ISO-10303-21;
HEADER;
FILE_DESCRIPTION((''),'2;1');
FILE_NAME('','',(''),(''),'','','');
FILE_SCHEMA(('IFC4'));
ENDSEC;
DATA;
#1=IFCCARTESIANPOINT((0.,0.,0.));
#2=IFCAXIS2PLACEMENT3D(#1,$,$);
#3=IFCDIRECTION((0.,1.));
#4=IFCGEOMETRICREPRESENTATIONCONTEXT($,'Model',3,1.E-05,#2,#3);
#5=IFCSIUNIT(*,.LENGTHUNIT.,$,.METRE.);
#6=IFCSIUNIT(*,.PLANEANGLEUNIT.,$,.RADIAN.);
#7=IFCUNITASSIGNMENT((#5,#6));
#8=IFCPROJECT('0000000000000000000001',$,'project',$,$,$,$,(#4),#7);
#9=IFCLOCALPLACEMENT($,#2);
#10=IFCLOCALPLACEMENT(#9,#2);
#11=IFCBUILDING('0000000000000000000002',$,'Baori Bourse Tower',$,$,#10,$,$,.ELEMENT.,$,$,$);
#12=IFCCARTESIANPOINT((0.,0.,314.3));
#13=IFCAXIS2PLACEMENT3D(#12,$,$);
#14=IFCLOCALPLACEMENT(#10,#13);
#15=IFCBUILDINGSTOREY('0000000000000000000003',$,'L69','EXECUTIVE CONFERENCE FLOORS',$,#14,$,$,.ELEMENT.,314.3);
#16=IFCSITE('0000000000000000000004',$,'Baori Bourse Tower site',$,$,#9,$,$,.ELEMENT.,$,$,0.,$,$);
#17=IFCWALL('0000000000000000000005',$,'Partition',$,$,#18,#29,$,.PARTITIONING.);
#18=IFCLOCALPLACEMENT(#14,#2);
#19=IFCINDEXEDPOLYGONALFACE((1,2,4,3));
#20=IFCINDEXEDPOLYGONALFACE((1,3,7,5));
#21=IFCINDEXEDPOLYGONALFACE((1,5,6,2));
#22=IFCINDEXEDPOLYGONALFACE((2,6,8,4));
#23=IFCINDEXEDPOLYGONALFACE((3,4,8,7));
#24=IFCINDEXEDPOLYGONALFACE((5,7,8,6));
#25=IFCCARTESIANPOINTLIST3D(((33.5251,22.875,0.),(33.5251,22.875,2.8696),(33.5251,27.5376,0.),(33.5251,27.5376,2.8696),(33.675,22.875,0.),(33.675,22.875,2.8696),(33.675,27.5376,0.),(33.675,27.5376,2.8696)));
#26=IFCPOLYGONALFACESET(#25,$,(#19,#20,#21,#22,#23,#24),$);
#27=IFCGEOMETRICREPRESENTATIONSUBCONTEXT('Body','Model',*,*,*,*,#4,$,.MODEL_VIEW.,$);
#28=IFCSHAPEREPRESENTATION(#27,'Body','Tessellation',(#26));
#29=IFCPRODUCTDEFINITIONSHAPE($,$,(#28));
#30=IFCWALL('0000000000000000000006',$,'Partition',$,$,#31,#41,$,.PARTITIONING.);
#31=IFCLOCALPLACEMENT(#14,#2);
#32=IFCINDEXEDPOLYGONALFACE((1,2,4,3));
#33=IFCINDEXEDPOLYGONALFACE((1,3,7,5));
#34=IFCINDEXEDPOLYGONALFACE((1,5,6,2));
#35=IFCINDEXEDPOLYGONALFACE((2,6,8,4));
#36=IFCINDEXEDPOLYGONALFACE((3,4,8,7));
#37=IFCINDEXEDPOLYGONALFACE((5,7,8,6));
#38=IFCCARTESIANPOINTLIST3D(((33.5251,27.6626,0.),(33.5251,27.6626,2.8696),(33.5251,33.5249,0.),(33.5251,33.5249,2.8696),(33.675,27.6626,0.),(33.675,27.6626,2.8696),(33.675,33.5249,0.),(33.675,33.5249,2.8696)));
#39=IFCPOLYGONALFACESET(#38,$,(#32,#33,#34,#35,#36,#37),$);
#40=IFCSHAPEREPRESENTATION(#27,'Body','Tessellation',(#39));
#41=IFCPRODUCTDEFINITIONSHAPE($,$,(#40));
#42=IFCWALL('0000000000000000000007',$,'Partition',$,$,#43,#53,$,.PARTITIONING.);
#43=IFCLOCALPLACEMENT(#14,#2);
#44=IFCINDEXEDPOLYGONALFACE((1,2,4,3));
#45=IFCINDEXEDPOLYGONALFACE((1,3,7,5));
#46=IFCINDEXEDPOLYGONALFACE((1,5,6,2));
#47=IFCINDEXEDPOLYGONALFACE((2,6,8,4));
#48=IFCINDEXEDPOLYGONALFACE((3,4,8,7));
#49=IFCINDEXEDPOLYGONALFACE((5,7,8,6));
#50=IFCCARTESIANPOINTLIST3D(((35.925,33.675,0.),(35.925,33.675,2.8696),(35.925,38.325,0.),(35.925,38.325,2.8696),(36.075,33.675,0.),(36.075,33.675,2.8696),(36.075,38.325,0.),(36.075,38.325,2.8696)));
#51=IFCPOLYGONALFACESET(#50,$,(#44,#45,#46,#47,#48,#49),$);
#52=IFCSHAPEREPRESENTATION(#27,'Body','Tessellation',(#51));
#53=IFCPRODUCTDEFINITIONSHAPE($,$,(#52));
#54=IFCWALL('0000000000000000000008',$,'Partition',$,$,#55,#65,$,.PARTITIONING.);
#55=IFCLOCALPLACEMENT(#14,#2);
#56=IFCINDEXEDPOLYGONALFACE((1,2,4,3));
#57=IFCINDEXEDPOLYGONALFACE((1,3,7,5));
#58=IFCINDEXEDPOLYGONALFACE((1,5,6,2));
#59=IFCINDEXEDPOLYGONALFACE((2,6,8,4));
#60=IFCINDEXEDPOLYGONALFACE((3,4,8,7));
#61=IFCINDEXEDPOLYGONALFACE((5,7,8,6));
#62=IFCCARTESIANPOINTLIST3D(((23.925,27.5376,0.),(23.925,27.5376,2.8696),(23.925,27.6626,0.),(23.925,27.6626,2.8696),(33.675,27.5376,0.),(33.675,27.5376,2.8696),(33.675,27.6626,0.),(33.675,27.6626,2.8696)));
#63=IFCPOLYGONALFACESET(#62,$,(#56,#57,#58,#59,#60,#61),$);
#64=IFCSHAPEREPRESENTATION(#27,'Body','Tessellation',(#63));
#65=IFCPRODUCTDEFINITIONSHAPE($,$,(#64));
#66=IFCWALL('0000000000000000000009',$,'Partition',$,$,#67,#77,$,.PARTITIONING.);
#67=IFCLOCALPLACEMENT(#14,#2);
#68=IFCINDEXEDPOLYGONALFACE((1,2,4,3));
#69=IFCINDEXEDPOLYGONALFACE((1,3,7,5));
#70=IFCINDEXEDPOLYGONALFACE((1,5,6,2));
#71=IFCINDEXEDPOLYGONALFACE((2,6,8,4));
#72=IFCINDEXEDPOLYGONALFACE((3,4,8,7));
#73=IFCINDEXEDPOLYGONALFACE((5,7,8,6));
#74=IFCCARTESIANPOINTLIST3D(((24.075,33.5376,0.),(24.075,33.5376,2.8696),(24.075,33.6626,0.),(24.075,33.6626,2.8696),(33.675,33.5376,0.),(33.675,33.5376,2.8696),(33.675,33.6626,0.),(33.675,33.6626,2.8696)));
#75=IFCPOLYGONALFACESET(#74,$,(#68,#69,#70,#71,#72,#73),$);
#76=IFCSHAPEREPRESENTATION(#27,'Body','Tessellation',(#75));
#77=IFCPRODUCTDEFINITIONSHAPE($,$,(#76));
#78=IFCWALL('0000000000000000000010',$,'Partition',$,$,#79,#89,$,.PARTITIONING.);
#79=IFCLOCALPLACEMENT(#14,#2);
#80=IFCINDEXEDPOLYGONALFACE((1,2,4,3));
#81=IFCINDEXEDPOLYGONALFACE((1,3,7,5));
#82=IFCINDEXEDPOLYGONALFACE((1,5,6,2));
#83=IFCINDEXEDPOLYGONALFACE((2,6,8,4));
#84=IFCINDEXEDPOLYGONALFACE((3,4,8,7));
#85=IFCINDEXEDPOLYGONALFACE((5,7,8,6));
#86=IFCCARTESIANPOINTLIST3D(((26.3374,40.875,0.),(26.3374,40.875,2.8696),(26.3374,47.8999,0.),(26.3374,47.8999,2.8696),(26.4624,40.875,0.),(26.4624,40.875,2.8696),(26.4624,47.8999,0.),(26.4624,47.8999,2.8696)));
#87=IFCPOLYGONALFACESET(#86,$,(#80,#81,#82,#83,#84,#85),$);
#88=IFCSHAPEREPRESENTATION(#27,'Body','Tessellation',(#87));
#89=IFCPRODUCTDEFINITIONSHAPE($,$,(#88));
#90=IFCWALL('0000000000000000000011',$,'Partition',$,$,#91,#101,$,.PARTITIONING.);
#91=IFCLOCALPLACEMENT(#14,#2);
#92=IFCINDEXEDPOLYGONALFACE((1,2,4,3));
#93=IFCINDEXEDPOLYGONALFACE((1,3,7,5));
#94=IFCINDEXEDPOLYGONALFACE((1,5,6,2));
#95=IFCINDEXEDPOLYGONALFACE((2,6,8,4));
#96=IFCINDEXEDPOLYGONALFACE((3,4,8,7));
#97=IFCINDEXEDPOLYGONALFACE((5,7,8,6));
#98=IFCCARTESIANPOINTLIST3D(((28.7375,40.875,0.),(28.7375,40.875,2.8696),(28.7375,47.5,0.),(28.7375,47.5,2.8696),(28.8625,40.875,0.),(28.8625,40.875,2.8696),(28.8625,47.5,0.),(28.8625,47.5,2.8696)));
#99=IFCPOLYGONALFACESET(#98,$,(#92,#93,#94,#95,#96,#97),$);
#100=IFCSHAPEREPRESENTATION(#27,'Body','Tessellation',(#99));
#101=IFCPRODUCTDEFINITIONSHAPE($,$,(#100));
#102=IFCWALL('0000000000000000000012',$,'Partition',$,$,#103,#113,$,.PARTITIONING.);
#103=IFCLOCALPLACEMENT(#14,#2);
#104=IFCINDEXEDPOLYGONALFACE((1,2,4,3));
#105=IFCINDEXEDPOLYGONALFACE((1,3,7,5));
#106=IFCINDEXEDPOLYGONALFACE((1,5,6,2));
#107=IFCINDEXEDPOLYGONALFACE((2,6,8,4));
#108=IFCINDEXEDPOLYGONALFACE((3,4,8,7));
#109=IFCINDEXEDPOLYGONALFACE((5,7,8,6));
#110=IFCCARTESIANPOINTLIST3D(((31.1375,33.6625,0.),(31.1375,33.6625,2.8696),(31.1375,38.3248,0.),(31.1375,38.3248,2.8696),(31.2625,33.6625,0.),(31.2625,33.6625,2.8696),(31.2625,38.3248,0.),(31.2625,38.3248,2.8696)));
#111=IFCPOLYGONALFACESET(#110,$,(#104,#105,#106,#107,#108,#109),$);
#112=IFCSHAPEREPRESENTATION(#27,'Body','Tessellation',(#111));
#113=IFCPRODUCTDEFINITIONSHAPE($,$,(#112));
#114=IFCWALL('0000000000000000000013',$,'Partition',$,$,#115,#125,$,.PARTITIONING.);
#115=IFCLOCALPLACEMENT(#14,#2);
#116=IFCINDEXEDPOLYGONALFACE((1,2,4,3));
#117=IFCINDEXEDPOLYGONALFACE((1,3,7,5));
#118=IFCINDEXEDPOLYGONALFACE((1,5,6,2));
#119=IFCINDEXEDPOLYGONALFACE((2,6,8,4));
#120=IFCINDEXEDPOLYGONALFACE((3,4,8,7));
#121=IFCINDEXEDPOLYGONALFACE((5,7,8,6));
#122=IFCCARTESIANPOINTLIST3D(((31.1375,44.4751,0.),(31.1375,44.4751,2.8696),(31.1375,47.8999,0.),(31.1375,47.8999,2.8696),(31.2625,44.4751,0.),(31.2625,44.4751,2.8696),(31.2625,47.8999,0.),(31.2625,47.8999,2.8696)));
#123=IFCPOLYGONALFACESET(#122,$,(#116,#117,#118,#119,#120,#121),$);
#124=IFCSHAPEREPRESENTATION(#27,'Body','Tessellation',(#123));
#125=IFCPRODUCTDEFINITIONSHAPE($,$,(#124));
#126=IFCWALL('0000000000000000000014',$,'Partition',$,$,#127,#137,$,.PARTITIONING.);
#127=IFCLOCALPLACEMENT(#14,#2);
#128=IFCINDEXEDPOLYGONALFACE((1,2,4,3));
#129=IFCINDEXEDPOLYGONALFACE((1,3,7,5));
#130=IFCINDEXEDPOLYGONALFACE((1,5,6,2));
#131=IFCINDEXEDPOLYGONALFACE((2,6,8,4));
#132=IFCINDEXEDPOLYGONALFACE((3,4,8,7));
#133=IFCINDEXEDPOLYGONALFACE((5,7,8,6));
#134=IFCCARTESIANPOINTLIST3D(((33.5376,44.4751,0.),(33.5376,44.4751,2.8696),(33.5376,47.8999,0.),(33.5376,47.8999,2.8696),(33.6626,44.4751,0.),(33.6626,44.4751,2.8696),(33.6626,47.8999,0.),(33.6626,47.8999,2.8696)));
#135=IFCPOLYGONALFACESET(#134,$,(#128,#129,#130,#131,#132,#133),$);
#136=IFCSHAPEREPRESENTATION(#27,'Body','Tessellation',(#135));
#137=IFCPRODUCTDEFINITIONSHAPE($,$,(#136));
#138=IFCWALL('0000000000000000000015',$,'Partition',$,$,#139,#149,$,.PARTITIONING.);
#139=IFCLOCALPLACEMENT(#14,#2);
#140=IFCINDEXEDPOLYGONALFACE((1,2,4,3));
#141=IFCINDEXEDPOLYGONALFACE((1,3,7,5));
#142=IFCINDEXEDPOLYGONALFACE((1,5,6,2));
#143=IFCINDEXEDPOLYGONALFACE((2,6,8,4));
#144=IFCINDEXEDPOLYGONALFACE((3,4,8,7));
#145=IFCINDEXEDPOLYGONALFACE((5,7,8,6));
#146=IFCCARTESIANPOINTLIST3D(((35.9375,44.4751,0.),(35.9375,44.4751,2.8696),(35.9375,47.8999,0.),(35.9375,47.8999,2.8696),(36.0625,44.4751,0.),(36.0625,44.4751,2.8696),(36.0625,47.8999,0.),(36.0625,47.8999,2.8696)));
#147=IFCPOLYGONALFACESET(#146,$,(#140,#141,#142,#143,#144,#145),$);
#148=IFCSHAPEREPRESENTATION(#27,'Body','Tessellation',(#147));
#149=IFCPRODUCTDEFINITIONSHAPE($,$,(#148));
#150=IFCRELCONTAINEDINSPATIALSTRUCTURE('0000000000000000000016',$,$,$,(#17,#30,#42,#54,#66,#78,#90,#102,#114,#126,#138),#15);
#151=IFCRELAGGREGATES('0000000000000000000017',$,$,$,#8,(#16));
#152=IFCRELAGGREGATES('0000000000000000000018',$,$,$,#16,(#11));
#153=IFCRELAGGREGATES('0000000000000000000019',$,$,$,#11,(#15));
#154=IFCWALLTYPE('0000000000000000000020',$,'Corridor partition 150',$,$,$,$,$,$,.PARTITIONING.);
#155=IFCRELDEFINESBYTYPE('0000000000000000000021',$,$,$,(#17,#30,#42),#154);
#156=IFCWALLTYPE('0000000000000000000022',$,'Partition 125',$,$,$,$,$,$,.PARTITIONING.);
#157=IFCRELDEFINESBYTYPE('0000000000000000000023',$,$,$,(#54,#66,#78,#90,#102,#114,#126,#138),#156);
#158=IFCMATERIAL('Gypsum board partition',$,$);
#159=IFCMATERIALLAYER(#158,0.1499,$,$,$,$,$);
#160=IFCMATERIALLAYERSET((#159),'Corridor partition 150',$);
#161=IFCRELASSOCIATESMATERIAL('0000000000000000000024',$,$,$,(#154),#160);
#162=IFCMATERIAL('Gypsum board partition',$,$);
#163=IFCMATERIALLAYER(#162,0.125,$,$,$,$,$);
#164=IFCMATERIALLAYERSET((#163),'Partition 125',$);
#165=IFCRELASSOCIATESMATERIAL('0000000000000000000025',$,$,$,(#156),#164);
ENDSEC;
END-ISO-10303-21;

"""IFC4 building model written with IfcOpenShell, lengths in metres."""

from ifc_helpers import new_model, si_unit, direction, frame, frame_2d, origin, place, context, subcontext, project, spatial, rectangle, extrude, material, layer, layer_set, type_object, element, save


model = new_model("IFC4")

# Units and contexts
model_context = context("Model", 3, precision=1e-05, world=origin(), true_north=direction((0.0, 1.0)))
body_context = subcontext(model_context, "Body", "Model", "MODEL_VIEW")
ifc_project = project(units=[si_unit("LENGTHUNIT", "METRE"), si_unit("PLANEANGLEUNIT", "RADIAN")], contexts=[model_context])

# Site, building, storey
site_placement = place(None, origin())
site = spatial("IfcSite", under=ifc_project, at=site_placement, Name="Baori Bourse Tower site", CompositionType="ELEMENT", RefElevation=0.0)
building_placement = place(site_placement, origin())
building = spatial("IfcBuilding", under=site, at=building_placement, Name="Baori Bourse Tower", CompositionType="ELEMENT")
storey_placement = place(building_placement, frame((0.0, 0.0, 314.3)))
storey = spatial("IfcBuildingStorey", under=building, at=storey_placement, Name="L69", Description="EXECUTIVE CONFERENCE FLOORS", CompositionType="ELEMENT", Elevation=314.3)

# Shared definitions
ifc_material_1 = material(Name="Gypsum board partition")
ifc_layer_1 = layer(ifc_material_1, 0.1499)
ifc_layer_set_1 = layer_set([ifc_layer_1], Name="Corridor partition 150")
wall_type_1 = type_object("IfcWallType", Name="Corridor partition 150", PredefinedType="PARTITIONING", material=ifc_layer_set_1)

# Walls
wall_1_placement = place(storey_placement, frame((33.6001, 22.875, 0.0), z_axis=(0.0, 0.0, 1.0), x_axis=(0.0, 1.0, 0.0)))
element("IfcWall", 1, at=wall_1_placement, inside=storey, type_object=wall_type_1, Name="Partition", PredefinedType="PARTITIONING", context=body_context, shape_type="SweptSolid", body=[
    extrude(rectangle(XDim=4.6626, YDim=0.1499, at=frame_2d((2.3313, 0.0))), origin(), (0.0, 0.0, 1.0), 2.8696),
])
wall_2_placement = place(storey_placement, frame((33.6001, 27.6626, 0.0), z_axis=(0.0, 0.0, 1.0), x_axis=(0.0, 1.0, 0.0)))
element("IfcWall", 2, at=wall_2_placement, inside=storey, type_object=wall_type_1, Name="Partition", PredefinedType="PARTITIONING", context=body_context, shape_type="SweptSolid", body=[
    extrude(rectangle(XDim=5.8623, YDim=0.1499, at=frame_2d((2.9312, 0.0))), origin(), (0.0, 0.0, 1.0), 2.8696),
])
wall_3_placement = place(storey_placement, frame((36.0, 33.675, 0.0), z_axis=(0.0, 0.0, 1.0), x_axis=(0.0, 1.0, 0.0)))
element("IfcWall", 3, at=wall_3_placement, inside=storey, type_object=wall_type_1, Name="Partition", PredefinedType="PARTITIONING", context=body_context, shape_type="SweptSolid", body=[
    extrude(rectangle(XDim=4.6499, YDim=0.1499, at=frame_2d((2.325, 0.0))), origin(), (0.0, 0.0, 1.0), 2.8696),
])
ifc_material_2 = material(Name="Gypsum board partition")
ifc_layer_2 = layer(ifc_material_2, 0.125)
ifc_layer_set_2 = layer_set([ifc_layer_2], Name="Partition 125")
wall_type_2 = type_object("IfcWallType", Name="Partition 125", PredefinedType="PARTITIONING", material=ifc_layer_set_2)
wall_4_placement = place(storey_placement, frame((23.925, 27.6001, 0.0), z_axis=(0.0, 0.0, 1.0), x_axis=(1.0, 0.0, 0.0)))
element("IfcWall", 4, at=wall_4_placement, inside=storey, type_object=wall_type_2, Name="Partition", PredefinedType="PARTITIONING", context=body_context, shape_type="SweptSolid", body=[
    extrude(rectangle(XDim=9.75, YDim=0.125, at=frame_2d((4.875, 0.0))), origin(), (0.0, 0.0, 1.0), 2.8696),
])
wall_5_placement = place(storey_placement, frame((24.075, 33.6001, 0.0), z_axis=(0.0, 0.0, 1.0), x_axis=(1.0, 0.0, 0.0)))
element("IfcWall", 5, at=wall_5_placement, inside=storey, type_object=wall_type_2, Name="Partition", PredefinedType="PARTITIONING", context=body_context, shape_type="SweptSolid", body=[
    extrude(rectangle(XDim=9.6001, YDim=0.125, at=frame_2d((4.8, 0.0))), origin(), (0.0, 0.0, 1.0), 2.8696),
])
wall_6_placement = place(storey_placement, frame((26.3999, 40.875, 0.0), z_axis=(0.0, 0.0, 1.0), x_axis=(0.0, 1.0, 0.0)))
element("IfcWall", 6, at=wall_6_placement, inside=storey, type_object=wall_type_2, Name="Partition", PredefinedType="PARTITIONING", context=body_context, shape_type="SweptSolid", body=[
    extrude(rectangle(XDim=7.0249, YDim=0.125, at=frame_2d((3.5125, 0.0))), origin(), (0.0, 0.0, 1.0), 2.8696),
])
wall_7_placement = place(storey_placement, frame((28.8, 40.875, 0.0), z_axis=(0.0, 0.0, 1.0), x_axis=(0.0, 1.0, 0.0)))
element("IfcWall", 7, at=wall_7_placement, inside=storey, type_object=wall_type_2, Name="Partition", PredefinedType="PARTITIONING", context=body_context, shape_type="SweptSolid", body=[
    extrude(rectangle(XDim=6.625, YDim=0.125, at=frame_2d((3.3125, 0.0))), origin(), (0.0, 0.0, 1.0), 2.8696),
])
wall_8_placement = place(storey_placement, frame((31.2, 33.6626, 0.0), z_axis=(0.0, 0.0, 1.0), x_axis=(0.0, 1.0, 0.0)))
element("IfcWall", 8, at=wall_8_placement, inside=storey, type_object=wall_type_2, Name="Partition", PredefinedType="PARTITIONING", context=body_context, shape_type="SweptSolid", body=[
    extrude(rectangle(XDim=4.6624, YDim=0.125, at=frame_2d((2.3311, 0.0))), origin(), (0.0, 0.0, 1.0), 2.8696),
])
for number, where, z_axis, x_axis, name in (
    (9, (31.2, 44.4751, 0.0), (0.0, 0.0, 1.0), (0.0, 1.0, 0.0), "Partition"),
    (10, (33.6001, 44.4751, 0.0), (0.0, 0.0, 1.0), (0.0, 1.0, 0.0), "Partition"),
    (11, (36.0, 44.4751, 0.0), (0.0, 0.0, 1.0), (0.0, 1.0, 0.0), "Partition"),
):
    element("IfcWall", number, at=place(storey_placement, frame(where, z_axis=z_axis, x_axis=x_axis)), inside=storey, type_object=wall_type_2, Name=name, PredefinedType="PARTITIONING", context=body_context, shape_type="SweptSolid", body=[
        extrude(rectangle(XDim=3.4248, YDim=0.125, at=frame_2d((1.7124, 0.0))), origin(), (0.0, 0.0, 1.0), 2.8696),
    ])

save(model, "model.ifc")
